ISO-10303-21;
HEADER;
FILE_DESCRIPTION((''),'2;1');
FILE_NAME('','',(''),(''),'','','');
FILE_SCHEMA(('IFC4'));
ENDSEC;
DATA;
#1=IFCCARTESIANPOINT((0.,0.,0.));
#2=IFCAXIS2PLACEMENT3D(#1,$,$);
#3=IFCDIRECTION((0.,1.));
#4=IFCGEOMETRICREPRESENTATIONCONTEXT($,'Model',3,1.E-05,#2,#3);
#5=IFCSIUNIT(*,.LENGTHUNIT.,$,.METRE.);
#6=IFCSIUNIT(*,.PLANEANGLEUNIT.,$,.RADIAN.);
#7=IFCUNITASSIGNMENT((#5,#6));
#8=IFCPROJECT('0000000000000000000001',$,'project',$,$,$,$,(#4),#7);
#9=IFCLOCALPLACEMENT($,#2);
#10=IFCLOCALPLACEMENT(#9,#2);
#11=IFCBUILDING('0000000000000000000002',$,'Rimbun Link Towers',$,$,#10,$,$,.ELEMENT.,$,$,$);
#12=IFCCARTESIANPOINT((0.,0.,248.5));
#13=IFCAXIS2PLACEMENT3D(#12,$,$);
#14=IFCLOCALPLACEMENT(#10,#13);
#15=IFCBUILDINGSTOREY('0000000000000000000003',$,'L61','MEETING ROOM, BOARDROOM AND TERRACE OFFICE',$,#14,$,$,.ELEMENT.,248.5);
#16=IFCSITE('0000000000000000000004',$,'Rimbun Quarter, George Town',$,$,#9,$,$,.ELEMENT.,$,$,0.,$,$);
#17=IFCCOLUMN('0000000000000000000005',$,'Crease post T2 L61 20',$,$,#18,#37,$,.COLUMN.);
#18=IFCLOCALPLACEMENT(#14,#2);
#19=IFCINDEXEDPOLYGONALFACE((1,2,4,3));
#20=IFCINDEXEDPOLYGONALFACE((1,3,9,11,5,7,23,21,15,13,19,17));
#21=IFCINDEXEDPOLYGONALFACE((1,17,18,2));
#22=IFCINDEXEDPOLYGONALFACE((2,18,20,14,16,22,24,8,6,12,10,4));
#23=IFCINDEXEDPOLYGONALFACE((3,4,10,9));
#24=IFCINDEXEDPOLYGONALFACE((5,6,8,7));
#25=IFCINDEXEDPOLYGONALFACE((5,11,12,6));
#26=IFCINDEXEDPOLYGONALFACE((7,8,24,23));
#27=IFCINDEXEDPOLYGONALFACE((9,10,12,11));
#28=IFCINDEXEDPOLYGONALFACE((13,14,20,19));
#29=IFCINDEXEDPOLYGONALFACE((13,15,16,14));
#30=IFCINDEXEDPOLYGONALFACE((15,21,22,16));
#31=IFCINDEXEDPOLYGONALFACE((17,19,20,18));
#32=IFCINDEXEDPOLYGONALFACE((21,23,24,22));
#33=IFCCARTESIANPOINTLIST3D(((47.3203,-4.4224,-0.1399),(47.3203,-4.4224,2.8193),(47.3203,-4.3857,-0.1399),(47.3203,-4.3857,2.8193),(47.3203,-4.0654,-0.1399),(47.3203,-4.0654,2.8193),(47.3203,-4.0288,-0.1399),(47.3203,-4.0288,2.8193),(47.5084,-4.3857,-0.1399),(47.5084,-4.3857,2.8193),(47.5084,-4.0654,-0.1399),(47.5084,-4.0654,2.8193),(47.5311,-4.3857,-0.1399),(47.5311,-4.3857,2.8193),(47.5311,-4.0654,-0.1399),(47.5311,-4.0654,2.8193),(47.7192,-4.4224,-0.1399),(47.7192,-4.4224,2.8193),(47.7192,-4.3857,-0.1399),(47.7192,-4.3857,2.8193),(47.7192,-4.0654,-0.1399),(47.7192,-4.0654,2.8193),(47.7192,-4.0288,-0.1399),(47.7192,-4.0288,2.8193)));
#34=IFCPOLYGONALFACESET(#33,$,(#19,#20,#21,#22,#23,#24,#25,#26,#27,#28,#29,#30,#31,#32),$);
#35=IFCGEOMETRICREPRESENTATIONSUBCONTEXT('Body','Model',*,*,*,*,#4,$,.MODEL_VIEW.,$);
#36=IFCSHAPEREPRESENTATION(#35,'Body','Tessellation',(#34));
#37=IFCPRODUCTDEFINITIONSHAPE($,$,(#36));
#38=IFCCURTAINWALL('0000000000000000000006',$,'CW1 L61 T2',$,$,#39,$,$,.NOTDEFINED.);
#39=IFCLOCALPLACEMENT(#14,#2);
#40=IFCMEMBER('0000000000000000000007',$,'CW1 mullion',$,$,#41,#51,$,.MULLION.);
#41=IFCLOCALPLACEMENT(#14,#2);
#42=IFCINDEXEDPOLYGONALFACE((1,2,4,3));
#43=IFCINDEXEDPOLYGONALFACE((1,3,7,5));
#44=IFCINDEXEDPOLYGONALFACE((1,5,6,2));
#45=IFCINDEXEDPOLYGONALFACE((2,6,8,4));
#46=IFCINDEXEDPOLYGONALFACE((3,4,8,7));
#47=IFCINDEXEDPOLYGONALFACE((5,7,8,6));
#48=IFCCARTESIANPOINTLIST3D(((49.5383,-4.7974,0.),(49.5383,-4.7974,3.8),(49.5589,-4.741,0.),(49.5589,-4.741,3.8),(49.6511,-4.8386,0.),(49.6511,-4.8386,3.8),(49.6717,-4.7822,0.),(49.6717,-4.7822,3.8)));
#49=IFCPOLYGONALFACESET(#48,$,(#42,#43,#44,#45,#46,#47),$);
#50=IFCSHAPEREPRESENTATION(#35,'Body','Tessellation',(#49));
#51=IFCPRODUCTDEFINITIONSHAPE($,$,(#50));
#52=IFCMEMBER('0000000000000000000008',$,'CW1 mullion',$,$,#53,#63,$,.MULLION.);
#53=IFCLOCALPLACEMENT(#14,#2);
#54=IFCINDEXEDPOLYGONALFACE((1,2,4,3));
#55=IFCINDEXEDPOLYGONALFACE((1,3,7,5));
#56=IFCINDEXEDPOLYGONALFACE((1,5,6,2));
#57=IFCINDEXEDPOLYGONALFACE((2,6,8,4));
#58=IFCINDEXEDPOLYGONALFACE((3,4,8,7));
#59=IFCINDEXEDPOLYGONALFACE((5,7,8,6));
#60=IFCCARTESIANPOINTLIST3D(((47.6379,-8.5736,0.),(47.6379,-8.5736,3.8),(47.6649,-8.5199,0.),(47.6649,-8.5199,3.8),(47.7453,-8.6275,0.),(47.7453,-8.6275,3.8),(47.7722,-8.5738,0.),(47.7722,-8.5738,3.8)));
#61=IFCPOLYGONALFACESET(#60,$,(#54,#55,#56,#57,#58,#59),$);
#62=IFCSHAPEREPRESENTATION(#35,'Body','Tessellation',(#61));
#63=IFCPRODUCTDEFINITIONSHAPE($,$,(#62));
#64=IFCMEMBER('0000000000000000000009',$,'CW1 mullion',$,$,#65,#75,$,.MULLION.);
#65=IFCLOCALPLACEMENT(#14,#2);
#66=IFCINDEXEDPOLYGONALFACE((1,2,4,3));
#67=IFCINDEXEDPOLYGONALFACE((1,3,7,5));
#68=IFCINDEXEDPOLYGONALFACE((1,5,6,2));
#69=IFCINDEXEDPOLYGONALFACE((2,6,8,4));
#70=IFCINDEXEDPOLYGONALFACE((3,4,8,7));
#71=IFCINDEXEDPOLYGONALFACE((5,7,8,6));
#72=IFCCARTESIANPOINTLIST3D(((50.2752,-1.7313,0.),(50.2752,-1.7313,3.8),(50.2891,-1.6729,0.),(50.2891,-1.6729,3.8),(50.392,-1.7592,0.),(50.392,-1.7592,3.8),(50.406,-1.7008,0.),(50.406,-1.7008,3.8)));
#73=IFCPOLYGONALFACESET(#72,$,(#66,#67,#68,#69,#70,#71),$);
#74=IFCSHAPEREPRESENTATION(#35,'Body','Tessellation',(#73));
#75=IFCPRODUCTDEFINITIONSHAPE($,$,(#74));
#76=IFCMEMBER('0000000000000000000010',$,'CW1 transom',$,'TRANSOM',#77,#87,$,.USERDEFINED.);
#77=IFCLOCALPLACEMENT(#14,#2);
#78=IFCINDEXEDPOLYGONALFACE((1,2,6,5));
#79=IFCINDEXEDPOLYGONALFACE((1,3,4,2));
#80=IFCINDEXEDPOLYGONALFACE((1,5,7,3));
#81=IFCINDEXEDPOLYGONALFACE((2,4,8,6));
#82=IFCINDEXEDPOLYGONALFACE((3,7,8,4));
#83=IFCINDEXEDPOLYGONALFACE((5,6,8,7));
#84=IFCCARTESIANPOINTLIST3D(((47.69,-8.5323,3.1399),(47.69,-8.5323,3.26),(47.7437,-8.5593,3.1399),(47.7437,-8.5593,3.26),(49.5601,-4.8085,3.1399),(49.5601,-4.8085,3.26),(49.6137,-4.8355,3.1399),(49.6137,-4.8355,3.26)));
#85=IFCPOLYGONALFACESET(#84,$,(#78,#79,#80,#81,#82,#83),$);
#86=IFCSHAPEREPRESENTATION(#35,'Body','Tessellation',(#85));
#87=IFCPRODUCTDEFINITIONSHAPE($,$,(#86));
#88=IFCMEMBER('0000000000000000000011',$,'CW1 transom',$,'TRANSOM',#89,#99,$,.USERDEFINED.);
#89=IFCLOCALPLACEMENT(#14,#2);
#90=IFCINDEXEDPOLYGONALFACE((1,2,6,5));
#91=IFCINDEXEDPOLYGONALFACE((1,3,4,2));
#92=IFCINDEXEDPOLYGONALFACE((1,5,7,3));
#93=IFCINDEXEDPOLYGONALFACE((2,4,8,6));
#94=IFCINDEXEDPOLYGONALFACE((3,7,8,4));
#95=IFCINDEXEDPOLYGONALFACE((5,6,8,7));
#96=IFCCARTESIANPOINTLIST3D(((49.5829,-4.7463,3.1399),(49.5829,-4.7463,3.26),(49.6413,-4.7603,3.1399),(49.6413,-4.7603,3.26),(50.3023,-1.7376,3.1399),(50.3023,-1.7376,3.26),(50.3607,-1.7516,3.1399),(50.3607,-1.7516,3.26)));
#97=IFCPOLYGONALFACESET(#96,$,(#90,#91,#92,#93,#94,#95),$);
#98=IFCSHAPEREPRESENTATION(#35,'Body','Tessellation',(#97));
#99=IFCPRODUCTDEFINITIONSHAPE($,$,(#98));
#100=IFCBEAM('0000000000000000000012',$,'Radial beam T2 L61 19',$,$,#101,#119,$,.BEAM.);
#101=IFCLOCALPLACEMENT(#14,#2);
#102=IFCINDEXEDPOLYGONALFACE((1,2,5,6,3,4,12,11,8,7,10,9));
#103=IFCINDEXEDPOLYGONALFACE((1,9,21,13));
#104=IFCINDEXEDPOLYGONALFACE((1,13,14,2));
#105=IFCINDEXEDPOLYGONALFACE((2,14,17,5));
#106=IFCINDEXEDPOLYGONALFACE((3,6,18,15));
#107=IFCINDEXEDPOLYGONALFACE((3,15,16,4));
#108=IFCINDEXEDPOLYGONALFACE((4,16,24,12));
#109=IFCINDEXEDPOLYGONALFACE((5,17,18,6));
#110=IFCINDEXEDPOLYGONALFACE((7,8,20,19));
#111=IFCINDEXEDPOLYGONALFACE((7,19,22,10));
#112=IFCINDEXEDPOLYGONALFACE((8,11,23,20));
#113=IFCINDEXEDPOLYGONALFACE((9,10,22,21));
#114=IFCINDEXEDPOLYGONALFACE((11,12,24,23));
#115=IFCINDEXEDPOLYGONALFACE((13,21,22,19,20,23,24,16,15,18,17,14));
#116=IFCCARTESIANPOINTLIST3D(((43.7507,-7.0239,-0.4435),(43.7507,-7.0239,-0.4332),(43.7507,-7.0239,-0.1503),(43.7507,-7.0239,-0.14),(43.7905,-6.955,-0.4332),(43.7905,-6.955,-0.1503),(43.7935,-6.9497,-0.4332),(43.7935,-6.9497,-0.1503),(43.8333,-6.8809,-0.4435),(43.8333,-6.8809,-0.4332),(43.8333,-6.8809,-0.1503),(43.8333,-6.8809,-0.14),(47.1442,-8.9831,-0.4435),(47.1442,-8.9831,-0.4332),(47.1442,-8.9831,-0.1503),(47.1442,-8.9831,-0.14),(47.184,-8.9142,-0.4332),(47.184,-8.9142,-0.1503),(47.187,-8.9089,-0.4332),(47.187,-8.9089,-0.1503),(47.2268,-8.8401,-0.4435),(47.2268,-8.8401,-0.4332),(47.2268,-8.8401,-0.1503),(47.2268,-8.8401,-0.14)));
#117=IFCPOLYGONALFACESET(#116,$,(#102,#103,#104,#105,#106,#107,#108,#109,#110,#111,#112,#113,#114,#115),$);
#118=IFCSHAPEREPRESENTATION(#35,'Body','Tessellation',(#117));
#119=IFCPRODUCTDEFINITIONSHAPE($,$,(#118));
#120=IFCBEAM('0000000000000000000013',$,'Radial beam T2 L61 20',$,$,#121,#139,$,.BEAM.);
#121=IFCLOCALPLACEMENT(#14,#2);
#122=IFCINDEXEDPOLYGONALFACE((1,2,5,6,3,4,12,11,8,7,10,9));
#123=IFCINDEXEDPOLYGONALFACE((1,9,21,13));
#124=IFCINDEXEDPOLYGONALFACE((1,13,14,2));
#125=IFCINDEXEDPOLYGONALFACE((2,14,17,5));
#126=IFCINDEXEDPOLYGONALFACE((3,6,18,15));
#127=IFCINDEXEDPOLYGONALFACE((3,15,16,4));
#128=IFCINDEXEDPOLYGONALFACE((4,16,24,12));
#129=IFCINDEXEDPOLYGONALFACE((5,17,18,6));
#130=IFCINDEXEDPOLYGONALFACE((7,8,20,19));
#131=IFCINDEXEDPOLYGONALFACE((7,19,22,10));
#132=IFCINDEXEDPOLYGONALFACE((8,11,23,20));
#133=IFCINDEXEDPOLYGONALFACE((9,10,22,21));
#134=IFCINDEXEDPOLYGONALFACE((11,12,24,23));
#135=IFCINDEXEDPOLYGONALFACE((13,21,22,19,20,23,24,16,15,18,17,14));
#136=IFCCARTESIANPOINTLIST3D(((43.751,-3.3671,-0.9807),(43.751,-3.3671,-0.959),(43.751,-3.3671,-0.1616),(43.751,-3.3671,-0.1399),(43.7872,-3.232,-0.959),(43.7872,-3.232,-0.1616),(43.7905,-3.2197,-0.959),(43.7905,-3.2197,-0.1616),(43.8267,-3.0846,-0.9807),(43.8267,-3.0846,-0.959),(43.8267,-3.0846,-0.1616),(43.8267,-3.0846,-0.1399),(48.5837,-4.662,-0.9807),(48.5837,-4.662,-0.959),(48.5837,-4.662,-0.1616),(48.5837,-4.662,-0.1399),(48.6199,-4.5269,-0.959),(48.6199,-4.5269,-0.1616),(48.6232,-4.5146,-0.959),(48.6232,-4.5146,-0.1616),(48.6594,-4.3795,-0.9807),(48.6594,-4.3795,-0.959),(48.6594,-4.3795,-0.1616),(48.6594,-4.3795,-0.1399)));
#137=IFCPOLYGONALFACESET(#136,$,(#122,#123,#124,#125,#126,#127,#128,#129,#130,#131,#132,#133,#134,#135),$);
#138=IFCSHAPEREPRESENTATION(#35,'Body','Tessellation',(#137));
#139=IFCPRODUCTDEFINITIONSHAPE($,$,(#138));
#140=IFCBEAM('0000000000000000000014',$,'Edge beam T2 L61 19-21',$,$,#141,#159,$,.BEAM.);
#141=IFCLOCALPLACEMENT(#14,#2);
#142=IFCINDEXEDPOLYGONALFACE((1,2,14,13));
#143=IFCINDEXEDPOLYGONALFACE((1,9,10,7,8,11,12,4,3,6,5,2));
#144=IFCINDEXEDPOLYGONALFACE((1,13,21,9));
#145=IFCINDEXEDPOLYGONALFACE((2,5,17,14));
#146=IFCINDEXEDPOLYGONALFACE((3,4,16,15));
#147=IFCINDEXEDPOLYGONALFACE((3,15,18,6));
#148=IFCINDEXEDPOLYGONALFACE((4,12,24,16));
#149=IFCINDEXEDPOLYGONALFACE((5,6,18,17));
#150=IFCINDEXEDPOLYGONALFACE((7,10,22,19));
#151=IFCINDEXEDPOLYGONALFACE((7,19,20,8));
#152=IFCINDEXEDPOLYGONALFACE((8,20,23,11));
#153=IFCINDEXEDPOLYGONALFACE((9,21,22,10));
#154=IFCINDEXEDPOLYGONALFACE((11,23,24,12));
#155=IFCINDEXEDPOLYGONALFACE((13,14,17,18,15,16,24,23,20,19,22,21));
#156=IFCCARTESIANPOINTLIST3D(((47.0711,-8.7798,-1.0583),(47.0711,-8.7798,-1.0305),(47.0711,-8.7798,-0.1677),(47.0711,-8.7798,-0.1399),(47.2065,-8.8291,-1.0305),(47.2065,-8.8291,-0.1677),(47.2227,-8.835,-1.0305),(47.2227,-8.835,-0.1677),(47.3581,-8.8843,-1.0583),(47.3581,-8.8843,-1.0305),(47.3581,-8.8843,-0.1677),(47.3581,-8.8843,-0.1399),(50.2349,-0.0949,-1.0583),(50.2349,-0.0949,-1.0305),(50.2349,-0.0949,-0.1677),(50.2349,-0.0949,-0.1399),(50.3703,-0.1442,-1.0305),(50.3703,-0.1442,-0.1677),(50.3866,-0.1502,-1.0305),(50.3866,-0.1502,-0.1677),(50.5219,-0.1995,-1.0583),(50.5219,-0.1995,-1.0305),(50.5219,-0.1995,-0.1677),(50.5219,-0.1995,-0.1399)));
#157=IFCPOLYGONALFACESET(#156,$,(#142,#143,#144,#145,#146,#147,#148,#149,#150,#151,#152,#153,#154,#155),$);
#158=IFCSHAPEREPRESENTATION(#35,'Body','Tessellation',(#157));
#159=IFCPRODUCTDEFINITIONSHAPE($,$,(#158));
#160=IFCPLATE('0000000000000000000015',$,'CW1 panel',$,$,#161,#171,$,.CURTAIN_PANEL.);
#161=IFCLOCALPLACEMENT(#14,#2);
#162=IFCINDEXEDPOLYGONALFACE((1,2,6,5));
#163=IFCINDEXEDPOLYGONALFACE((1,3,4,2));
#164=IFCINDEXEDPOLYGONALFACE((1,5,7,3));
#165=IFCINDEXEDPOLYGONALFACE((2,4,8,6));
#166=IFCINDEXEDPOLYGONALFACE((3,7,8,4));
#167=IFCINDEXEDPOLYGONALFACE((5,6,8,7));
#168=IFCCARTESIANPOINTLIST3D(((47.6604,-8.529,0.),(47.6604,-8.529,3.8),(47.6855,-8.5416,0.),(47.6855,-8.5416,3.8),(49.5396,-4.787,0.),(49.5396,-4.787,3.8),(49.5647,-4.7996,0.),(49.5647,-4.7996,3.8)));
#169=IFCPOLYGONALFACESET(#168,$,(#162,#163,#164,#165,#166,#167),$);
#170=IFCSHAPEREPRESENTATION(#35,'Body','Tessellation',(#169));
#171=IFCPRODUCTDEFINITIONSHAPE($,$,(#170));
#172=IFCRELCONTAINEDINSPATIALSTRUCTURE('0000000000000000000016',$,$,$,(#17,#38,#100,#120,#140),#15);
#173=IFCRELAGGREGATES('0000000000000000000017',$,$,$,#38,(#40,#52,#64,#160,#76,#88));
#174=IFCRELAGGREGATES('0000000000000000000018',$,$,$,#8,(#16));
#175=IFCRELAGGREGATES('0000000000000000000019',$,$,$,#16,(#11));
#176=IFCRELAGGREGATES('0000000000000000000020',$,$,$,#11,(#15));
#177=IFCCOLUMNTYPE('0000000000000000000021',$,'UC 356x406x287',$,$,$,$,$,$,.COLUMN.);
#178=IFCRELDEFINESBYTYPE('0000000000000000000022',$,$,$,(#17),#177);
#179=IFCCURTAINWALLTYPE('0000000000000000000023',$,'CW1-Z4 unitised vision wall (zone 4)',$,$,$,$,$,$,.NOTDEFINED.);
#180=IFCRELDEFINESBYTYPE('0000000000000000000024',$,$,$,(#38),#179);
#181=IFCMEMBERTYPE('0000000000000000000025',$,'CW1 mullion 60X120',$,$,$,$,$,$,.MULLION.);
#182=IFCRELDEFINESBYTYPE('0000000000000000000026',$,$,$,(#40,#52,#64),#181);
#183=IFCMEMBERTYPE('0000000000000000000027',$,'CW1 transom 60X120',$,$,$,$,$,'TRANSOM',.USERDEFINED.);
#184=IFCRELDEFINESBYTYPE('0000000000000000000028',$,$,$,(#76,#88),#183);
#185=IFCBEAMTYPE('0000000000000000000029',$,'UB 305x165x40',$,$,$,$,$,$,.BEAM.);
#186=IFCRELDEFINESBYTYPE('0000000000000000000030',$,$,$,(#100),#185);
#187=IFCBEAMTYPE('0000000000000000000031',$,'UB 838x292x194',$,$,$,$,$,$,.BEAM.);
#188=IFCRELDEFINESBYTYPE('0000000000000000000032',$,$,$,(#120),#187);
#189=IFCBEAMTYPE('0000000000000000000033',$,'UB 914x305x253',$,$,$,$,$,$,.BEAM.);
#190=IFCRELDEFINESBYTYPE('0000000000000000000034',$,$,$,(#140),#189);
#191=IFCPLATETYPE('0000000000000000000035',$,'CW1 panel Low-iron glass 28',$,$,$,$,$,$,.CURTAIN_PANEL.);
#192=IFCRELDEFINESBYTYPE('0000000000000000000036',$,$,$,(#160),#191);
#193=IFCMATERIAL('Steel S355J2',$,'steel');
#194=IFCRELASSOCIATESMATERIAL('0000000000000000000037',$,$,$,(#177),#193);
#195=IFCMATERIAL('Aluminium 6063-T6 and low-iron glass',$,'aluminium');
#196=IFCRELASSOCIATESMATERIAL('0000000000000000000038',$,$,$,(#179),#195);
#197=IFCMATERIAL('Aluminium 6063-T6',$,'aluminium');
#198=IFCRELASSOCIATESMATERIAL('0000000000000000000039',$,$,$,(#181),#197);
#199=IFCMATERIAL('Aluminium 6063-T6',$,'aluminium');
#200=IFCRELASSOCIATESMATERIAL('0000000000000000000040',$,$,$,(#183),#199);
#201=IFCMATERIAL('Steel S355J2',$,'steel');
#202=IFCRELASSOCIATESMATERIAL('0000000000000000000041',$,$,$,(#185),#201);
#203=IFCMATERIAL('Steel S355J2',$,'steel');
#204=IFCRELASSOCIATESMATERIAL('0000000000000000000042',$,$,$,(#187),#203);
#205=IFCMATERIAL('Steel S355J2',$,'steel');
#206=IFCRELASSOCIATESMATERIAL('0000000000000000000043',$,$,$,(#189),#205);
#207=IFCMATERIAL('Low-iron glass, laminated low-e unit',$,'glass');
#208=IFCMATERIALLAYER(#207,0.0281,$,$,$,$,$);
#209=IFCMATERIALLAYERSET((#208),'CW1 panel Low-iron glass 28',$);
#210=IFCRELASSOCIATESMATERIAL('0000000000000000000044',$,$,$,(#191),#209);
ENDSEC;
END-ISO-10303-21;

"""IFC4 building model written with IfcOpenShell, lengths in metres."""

from ifc_helpers import new_model, si_unit, direction, frame, origin, origin_2d, place, context, subcontext, project, spatial, rectangle, i_section, extrude, material, layer, layer_set, material_profile, profile_set, type_object, element, aggregate, save


model = new_model("IFC4")

# Units and contexts
model_context = context("Model", 3, precision=1e-05, world=origin(), true_north=direction((0.0, 1.0)))
body_context = subcontext(model_context, "Body", "Model", "MODEL_VIEW")
ifc_project = project(units=[si_unit("LENGTHUNIT", "METRE"), si_unit("PLANEANGLEUNIT", "RADIAN")], contexts=[model_context])

# Site, building, storey
site_placement = place(None, origin())
site = spatial("IfcSite", under=ifc_project, at=site_placement, Name="Rimbun Quarter, George Town", CompositionType="ELEMENT", RefElevation=0.0)
building_placement = place(site_placement, origin())
building = spatial("IfcBuilding", under=site, at=building_placement, Name="Rimbun Link Towers", CompositionType="ELEMENT")
storey_placement = place(building_placement, frame((0.0, 0.0, 248.5)))
storey = spatial("IfcBuildingStorey", under=building, at=storey_placement, Name="L61", Description="MEETING ROOM, BOARDROOM AND TERRACE OFFICE", CompositionType="ELEMENT", Elevation=248.5)

# Column
ifc_material_1 = material(Name="Steel S355J2", Category="steel")
ifc_material_profile_1 = material_profile(ifc_material_1, i_section(OverallWidth=0.3989, OverallDepth=0.3936, WebThickness=0.0227, FlangeThickness=0.0366, at=origin_2d()), Name="UC 356x406x287")
ifc_profile_set_1 = profile_set([ifc_material_profile_1], Name="Steel S355J2")
column_type = type_object("IfcColumnType", Name="UC 356x406x287", PredefinedType="COLUMN", material=ifc_profile_set_1)
column_placement = place(storey_placement, frame((47.5198, -4.2256, -0.1399), z_axis=(0.0, 0.0, 1.0), x_axis=(1.0, 0.0, 0.0)))
element("IfcColumn", 1, at=column_placement, inside=storey, type_object=column_type, Name="Crease post T2 L61 20", PredefinedType="COLUMN", context=body_context, shape_type="SweptSolid", body=[
    extrude(i_section(OverallWidth=0.3989, OverallDepth=0.3936, WebThickness=0.0227, FlangeThickness=0.0366, at=origin_2d()), origin(), (0.0, 0.0, 1.0), 2.9592),
])

# Curtain wall, members
ifc_material_2 = material(Name="Aluminium 6063-T6 and low-iron glass", Category="aluminium")
curtain_wall_type = type_object("IfcCurtainWallType", Name="CW1-Z4 unitised vision wall (zone 4)", PredefinedType="NOTDEFINED", material=ifc_material_2)
curtain_wall_placement = place(storey_placement, origin())
curtain_wall = element("IfcCurtainWall", 2, at=curtain_wall_placement, inside=storey, type_object=curtain_wall_type, Name="CW1 L61 T2", PredefinedType="NOTDEFINED")
ifc_material_3 = material(Name="Aluminium 6063-T6", Category="aluminium")
ifc_material_profile_2 = material_profile(ifc_material_3, rectangle(XDim=0.1201, YDim=0.0601, at=origin_2d()), Name="MULLION 60X120")
ifc_profile_set_2 = profile_set([ifc_material_profile_2], Name="Aluminium 6063-T6")
member_type_1 = type_object("IfcMemberType", Name="CW1 mullion 60X120", PredefinedType="MULLION", material=ifc_profile_set_2)
member_1_placement = place(storey_placement, frame((49.605, -4.7898, 0.0), z_axis=(0.0, 0.0, 1.0), x_axis=(0.939348, -0.342965, 0.0)))
member_1 = element("IfcMember", 3, at=member_1_placement, type_object=member_type_1, Name="CW1 mullion", PredefinedType="MULLION", context=body_context, shape_type="SweptSolid", body=[
    extrude(rectangle(XDim=0.1201, YDim=0.0601, at=origin_2d()), origin(), (0.0, 0.0, 1.0), 3.8),
])
member_2_placement = place(storey_placement, frame((47.7051, -8.5737, 0.0), z_axis=(0.0, 0.0, 1.0), x_axis=(0.893647, -0.44877, 0.0)))
member_2 = element("IfcMember", 4, at=member_2_placement, type_object=member_type_1, Name="CW1 mullion", PredefinedType="MULLION", context=body_context, shape_type="SweptSolid", body=[
    extrude(rectangle(XDim=0.1201, YDim=0.0601, at=origin_2d()), origin(), (0.0, 0.0, 1.0), 3.8),
])
member_3_placement = place(storey_placement, frame((50.3406, -1.7161, 0.0), z_axis=(0.0, 0.0, 1.0), x_axis=(0.972571, -0.232605, 0.0)))
member_3 = element("IfcMember", 5, at=member_3_placement, type_object=member_type_1, Name="CW1 mullion", PredefinedType="MULLION", context=body_context, shape_type="SweptSolid", body=[
    extrude(rectangle(XDim=0.1201, YDim=0.0601, at=origin_2d()), origin(), (0.0, 0.0, 1.0), 3.8),
])
ifc_material_4 = material(Name="Aluminium 6063-T6", Category="aluminium")
ifc_material_profile_3 = material_profile(ifc_material_4, rectangle(XDim=0.0601, YDim=0.1201, at=origin_2d()), Name="TRANSOM 60X120")
ifc_profile_set_3 = profile_set([ifc_material_profile_3], Name="Aluminium 6063-T6")
member_type_2 = type_object("IfcMemberType", Name="CW1 transom 60X120", ElementType="TRANSOM", PredefinedType="USERDEFINED", material=ifc_profile_set_3)
member_4_placement = place(storey_placement, frame((49.5869, -4.822, 3.2), z_axis=(-0.448783, -0.893641, 0.0), x_axis=(0.893641, -0.448783, 0.0)))
member_4 = element("IfcMember", 6, at=member_4_placement, type_object=member_type_2, Name="CW1 transom", ObjectType="TRANSOM", PredefinedType="USERDEFINED", context=body_context, shape_type="SweptSolid", body=[
    extrude(rectangle(XDim=0.0601, YDim=0.1201, at=origin_2d()), origin(), (0.0, 0.0, 1.0), 4.167),
])
member_5_placement = place(storey_placement, frame((50.3315, -1.7446, 3.2), z_axis=(-0.23257, -0.97258, 0.0), x_axis=(0.97258, -0.23257, 0.0)))
member_5 = element("IfcMember", 7, at=member_5_placement, type_object=member_type_2, Name="CW1 transom", ObjectType="TRANSOM", PredefinedType="USERDEFINED", context=body_context, shape_type="SweptSolid", body=[
    extrude(rectangle(XDim=0.0601, YDim=0.1201, at=origin_2d()), origin(), (0.0, 0.0, 1.0), 3.0935),
])

# Beams
ifc_material_5 = material(Name="Steel S355J2", Category="steel")
ifc_material_profile_4 = material_profile(ifc_material_5, i_section(OverallWidth=0.165, OverallDepth=0.3035, WebThickness=0.0061, FlangeThickness=0.0103, at=origin_2d()), Name="UB 305x165x40")
ifc_profile_set_4 = profile_set([ifc_material_profile_4], Name="Steel S355J2")
beam_type_1 = type_object("IfcBeamType", Name="UB 305x165x40", PredefinedType="BEAM", material=ifc_profile_set_4)
beam_1_placement = place(storey_placement, frame((43.792, -6.9524, -0.2917), z_axis=(0.86603, -0.499992, 0.0), x_axis=(0.499992, 0.86603, 0.0)))
element("IfcBeam", 8, at=beam_1_placement, inside=storey, type_object=beam_type_1, Name="Radial beam T2 L61 19", PredefinedType="BEAM", context=body_context, shape_type="SweptSolid", body=[
    extrude(i_section(OverallWidth=0.165, OverallDepth=0.3035, WebThickness=0.0061, FlangeThickness=0.0103, at=origin_2d()), origin(), (0.0, 0.0, 1.0), 3.9185),
])
ifc_material_6 = material(Name="Steel S355J2", Category="steel")
ifc_material_profile_5 = material_profile(ifc_material_6, i_section(OverallWidth=0.2925, OverallDepth=0.8408, WebThickness=0.0127, FlangeThickness=0.0217, at=origin_2d()), Name="UB 838x292x194")
ifc_profile_set_5 = profile_set([ifc_material_profile_5], Name="Steel S355J2")
beam_type_2 = type_object("IfcBeamType", Name="UB 838x292x194", PredefinedType="BEAM", material=ifc_profile_set_5)
beam_2_placement = place(storey_placement, frame((43.7888, -3.2258, -0.5603), z_axis=(0.965926, -0.258817, 0.0), x_axis=(0.258817, 0.965926, 0.0)))
element("IfcBeam", 9, at=beam_2_placement, inside=storey, type_object=beam_type_2, Name="Radial beam T2 L61 20", PredefinedType="BEAM", context=body_context, shape_type="SweptSolid", body=[
    extrude(i_section(OverallWidth=0.2925, OverallDepth=0.8408, WebThickness=0.0127, FlangeThickness=0.0217, at=origin_2d()), origin(), (0.0, 0.0, 1.0), 5.0032),
])
ifc_material_7 = material(Name="Steel S355J2", Category="steel")
ifc_material_profile_6 = material_profile(ifc_material_7, i_section(OverallWidth=0.3054, OverallDepth=0.9185, WebThickness=0.0173, FlangeThickness=0.0278, at=origin_2d()), Name="UB 914x305x253")
ifc_profile_set_6 = profile_set([ifc_material_profile_6], Name="Steel S355J2")
beam_type_3 = type_object("IfcBeamType", Name="UB 914x305x253", PredefinedType="BEAM", material=ifc_profile_set_6)
beam_3_placement = place(storey_placement, frame((47.2146, -8.832, -0.5991), z_axis=(0.342288, 0.939595, 0.0), x_axis=(-0.939595, 0.342288, 0.0)))
element("IfcBeam", 10, at=beam_3_placement, inside=storey, type_object=beam_type_3, Name="Edge beam T2 L61 19-21", PredefinedType="BEAM", context=body_context, shape_type="SweptSolid", body=[
    extrude(i_section(OverallWidth=0.3054, OverallDepth=0.9185, WebThickness=0.0173, FlangeThickness=0.0278, at=origin_2d()), origin(), (0.0, 0.0, 1.0), 9.2432),
])

# Plate
ifc_material_8 = material(Name="Low-iron glass, laminated low-e unit", Category="glass")
ifc_layer_1 = layer(ifc_material_8, 0.0281)
ifc_layer_set_1 = layer_set([ifc_layer_1], Name="CW1 panel Low-iron glass 28")
plate_type = type_object("IfcPlateType", Name="CW1 panel Low-iron glass 28", PredefinedType="CURTAIN_PANEL", material=ifc_layer_set_1)
plate_1_placement = place(storey_placement, frame((48.6125, -6.6643, 0.0), z_axis=(0.0, 0.0, 1.0), x_axis=(-0.44877, -0.893647, 0.0)))
plate_1 = element("IfcPlate", 11, at=plate_1_placement, type_object=plate_type, Name="CW1 panel", PredefinedType="CURTAIN_PANEL", context=body_context, shape_type="SweptSolid", body=[
    extrude(rectangle(XDim=4.1873, YDim=0.0281, at=origin_2d()), origin(), (0.0, 0.0, 1.0), 3.8),
])
aggregate(curtain_wall, [member_1, member_2, member_3, plate_1, member_4, member_5])

save(model, "model.ifc")
